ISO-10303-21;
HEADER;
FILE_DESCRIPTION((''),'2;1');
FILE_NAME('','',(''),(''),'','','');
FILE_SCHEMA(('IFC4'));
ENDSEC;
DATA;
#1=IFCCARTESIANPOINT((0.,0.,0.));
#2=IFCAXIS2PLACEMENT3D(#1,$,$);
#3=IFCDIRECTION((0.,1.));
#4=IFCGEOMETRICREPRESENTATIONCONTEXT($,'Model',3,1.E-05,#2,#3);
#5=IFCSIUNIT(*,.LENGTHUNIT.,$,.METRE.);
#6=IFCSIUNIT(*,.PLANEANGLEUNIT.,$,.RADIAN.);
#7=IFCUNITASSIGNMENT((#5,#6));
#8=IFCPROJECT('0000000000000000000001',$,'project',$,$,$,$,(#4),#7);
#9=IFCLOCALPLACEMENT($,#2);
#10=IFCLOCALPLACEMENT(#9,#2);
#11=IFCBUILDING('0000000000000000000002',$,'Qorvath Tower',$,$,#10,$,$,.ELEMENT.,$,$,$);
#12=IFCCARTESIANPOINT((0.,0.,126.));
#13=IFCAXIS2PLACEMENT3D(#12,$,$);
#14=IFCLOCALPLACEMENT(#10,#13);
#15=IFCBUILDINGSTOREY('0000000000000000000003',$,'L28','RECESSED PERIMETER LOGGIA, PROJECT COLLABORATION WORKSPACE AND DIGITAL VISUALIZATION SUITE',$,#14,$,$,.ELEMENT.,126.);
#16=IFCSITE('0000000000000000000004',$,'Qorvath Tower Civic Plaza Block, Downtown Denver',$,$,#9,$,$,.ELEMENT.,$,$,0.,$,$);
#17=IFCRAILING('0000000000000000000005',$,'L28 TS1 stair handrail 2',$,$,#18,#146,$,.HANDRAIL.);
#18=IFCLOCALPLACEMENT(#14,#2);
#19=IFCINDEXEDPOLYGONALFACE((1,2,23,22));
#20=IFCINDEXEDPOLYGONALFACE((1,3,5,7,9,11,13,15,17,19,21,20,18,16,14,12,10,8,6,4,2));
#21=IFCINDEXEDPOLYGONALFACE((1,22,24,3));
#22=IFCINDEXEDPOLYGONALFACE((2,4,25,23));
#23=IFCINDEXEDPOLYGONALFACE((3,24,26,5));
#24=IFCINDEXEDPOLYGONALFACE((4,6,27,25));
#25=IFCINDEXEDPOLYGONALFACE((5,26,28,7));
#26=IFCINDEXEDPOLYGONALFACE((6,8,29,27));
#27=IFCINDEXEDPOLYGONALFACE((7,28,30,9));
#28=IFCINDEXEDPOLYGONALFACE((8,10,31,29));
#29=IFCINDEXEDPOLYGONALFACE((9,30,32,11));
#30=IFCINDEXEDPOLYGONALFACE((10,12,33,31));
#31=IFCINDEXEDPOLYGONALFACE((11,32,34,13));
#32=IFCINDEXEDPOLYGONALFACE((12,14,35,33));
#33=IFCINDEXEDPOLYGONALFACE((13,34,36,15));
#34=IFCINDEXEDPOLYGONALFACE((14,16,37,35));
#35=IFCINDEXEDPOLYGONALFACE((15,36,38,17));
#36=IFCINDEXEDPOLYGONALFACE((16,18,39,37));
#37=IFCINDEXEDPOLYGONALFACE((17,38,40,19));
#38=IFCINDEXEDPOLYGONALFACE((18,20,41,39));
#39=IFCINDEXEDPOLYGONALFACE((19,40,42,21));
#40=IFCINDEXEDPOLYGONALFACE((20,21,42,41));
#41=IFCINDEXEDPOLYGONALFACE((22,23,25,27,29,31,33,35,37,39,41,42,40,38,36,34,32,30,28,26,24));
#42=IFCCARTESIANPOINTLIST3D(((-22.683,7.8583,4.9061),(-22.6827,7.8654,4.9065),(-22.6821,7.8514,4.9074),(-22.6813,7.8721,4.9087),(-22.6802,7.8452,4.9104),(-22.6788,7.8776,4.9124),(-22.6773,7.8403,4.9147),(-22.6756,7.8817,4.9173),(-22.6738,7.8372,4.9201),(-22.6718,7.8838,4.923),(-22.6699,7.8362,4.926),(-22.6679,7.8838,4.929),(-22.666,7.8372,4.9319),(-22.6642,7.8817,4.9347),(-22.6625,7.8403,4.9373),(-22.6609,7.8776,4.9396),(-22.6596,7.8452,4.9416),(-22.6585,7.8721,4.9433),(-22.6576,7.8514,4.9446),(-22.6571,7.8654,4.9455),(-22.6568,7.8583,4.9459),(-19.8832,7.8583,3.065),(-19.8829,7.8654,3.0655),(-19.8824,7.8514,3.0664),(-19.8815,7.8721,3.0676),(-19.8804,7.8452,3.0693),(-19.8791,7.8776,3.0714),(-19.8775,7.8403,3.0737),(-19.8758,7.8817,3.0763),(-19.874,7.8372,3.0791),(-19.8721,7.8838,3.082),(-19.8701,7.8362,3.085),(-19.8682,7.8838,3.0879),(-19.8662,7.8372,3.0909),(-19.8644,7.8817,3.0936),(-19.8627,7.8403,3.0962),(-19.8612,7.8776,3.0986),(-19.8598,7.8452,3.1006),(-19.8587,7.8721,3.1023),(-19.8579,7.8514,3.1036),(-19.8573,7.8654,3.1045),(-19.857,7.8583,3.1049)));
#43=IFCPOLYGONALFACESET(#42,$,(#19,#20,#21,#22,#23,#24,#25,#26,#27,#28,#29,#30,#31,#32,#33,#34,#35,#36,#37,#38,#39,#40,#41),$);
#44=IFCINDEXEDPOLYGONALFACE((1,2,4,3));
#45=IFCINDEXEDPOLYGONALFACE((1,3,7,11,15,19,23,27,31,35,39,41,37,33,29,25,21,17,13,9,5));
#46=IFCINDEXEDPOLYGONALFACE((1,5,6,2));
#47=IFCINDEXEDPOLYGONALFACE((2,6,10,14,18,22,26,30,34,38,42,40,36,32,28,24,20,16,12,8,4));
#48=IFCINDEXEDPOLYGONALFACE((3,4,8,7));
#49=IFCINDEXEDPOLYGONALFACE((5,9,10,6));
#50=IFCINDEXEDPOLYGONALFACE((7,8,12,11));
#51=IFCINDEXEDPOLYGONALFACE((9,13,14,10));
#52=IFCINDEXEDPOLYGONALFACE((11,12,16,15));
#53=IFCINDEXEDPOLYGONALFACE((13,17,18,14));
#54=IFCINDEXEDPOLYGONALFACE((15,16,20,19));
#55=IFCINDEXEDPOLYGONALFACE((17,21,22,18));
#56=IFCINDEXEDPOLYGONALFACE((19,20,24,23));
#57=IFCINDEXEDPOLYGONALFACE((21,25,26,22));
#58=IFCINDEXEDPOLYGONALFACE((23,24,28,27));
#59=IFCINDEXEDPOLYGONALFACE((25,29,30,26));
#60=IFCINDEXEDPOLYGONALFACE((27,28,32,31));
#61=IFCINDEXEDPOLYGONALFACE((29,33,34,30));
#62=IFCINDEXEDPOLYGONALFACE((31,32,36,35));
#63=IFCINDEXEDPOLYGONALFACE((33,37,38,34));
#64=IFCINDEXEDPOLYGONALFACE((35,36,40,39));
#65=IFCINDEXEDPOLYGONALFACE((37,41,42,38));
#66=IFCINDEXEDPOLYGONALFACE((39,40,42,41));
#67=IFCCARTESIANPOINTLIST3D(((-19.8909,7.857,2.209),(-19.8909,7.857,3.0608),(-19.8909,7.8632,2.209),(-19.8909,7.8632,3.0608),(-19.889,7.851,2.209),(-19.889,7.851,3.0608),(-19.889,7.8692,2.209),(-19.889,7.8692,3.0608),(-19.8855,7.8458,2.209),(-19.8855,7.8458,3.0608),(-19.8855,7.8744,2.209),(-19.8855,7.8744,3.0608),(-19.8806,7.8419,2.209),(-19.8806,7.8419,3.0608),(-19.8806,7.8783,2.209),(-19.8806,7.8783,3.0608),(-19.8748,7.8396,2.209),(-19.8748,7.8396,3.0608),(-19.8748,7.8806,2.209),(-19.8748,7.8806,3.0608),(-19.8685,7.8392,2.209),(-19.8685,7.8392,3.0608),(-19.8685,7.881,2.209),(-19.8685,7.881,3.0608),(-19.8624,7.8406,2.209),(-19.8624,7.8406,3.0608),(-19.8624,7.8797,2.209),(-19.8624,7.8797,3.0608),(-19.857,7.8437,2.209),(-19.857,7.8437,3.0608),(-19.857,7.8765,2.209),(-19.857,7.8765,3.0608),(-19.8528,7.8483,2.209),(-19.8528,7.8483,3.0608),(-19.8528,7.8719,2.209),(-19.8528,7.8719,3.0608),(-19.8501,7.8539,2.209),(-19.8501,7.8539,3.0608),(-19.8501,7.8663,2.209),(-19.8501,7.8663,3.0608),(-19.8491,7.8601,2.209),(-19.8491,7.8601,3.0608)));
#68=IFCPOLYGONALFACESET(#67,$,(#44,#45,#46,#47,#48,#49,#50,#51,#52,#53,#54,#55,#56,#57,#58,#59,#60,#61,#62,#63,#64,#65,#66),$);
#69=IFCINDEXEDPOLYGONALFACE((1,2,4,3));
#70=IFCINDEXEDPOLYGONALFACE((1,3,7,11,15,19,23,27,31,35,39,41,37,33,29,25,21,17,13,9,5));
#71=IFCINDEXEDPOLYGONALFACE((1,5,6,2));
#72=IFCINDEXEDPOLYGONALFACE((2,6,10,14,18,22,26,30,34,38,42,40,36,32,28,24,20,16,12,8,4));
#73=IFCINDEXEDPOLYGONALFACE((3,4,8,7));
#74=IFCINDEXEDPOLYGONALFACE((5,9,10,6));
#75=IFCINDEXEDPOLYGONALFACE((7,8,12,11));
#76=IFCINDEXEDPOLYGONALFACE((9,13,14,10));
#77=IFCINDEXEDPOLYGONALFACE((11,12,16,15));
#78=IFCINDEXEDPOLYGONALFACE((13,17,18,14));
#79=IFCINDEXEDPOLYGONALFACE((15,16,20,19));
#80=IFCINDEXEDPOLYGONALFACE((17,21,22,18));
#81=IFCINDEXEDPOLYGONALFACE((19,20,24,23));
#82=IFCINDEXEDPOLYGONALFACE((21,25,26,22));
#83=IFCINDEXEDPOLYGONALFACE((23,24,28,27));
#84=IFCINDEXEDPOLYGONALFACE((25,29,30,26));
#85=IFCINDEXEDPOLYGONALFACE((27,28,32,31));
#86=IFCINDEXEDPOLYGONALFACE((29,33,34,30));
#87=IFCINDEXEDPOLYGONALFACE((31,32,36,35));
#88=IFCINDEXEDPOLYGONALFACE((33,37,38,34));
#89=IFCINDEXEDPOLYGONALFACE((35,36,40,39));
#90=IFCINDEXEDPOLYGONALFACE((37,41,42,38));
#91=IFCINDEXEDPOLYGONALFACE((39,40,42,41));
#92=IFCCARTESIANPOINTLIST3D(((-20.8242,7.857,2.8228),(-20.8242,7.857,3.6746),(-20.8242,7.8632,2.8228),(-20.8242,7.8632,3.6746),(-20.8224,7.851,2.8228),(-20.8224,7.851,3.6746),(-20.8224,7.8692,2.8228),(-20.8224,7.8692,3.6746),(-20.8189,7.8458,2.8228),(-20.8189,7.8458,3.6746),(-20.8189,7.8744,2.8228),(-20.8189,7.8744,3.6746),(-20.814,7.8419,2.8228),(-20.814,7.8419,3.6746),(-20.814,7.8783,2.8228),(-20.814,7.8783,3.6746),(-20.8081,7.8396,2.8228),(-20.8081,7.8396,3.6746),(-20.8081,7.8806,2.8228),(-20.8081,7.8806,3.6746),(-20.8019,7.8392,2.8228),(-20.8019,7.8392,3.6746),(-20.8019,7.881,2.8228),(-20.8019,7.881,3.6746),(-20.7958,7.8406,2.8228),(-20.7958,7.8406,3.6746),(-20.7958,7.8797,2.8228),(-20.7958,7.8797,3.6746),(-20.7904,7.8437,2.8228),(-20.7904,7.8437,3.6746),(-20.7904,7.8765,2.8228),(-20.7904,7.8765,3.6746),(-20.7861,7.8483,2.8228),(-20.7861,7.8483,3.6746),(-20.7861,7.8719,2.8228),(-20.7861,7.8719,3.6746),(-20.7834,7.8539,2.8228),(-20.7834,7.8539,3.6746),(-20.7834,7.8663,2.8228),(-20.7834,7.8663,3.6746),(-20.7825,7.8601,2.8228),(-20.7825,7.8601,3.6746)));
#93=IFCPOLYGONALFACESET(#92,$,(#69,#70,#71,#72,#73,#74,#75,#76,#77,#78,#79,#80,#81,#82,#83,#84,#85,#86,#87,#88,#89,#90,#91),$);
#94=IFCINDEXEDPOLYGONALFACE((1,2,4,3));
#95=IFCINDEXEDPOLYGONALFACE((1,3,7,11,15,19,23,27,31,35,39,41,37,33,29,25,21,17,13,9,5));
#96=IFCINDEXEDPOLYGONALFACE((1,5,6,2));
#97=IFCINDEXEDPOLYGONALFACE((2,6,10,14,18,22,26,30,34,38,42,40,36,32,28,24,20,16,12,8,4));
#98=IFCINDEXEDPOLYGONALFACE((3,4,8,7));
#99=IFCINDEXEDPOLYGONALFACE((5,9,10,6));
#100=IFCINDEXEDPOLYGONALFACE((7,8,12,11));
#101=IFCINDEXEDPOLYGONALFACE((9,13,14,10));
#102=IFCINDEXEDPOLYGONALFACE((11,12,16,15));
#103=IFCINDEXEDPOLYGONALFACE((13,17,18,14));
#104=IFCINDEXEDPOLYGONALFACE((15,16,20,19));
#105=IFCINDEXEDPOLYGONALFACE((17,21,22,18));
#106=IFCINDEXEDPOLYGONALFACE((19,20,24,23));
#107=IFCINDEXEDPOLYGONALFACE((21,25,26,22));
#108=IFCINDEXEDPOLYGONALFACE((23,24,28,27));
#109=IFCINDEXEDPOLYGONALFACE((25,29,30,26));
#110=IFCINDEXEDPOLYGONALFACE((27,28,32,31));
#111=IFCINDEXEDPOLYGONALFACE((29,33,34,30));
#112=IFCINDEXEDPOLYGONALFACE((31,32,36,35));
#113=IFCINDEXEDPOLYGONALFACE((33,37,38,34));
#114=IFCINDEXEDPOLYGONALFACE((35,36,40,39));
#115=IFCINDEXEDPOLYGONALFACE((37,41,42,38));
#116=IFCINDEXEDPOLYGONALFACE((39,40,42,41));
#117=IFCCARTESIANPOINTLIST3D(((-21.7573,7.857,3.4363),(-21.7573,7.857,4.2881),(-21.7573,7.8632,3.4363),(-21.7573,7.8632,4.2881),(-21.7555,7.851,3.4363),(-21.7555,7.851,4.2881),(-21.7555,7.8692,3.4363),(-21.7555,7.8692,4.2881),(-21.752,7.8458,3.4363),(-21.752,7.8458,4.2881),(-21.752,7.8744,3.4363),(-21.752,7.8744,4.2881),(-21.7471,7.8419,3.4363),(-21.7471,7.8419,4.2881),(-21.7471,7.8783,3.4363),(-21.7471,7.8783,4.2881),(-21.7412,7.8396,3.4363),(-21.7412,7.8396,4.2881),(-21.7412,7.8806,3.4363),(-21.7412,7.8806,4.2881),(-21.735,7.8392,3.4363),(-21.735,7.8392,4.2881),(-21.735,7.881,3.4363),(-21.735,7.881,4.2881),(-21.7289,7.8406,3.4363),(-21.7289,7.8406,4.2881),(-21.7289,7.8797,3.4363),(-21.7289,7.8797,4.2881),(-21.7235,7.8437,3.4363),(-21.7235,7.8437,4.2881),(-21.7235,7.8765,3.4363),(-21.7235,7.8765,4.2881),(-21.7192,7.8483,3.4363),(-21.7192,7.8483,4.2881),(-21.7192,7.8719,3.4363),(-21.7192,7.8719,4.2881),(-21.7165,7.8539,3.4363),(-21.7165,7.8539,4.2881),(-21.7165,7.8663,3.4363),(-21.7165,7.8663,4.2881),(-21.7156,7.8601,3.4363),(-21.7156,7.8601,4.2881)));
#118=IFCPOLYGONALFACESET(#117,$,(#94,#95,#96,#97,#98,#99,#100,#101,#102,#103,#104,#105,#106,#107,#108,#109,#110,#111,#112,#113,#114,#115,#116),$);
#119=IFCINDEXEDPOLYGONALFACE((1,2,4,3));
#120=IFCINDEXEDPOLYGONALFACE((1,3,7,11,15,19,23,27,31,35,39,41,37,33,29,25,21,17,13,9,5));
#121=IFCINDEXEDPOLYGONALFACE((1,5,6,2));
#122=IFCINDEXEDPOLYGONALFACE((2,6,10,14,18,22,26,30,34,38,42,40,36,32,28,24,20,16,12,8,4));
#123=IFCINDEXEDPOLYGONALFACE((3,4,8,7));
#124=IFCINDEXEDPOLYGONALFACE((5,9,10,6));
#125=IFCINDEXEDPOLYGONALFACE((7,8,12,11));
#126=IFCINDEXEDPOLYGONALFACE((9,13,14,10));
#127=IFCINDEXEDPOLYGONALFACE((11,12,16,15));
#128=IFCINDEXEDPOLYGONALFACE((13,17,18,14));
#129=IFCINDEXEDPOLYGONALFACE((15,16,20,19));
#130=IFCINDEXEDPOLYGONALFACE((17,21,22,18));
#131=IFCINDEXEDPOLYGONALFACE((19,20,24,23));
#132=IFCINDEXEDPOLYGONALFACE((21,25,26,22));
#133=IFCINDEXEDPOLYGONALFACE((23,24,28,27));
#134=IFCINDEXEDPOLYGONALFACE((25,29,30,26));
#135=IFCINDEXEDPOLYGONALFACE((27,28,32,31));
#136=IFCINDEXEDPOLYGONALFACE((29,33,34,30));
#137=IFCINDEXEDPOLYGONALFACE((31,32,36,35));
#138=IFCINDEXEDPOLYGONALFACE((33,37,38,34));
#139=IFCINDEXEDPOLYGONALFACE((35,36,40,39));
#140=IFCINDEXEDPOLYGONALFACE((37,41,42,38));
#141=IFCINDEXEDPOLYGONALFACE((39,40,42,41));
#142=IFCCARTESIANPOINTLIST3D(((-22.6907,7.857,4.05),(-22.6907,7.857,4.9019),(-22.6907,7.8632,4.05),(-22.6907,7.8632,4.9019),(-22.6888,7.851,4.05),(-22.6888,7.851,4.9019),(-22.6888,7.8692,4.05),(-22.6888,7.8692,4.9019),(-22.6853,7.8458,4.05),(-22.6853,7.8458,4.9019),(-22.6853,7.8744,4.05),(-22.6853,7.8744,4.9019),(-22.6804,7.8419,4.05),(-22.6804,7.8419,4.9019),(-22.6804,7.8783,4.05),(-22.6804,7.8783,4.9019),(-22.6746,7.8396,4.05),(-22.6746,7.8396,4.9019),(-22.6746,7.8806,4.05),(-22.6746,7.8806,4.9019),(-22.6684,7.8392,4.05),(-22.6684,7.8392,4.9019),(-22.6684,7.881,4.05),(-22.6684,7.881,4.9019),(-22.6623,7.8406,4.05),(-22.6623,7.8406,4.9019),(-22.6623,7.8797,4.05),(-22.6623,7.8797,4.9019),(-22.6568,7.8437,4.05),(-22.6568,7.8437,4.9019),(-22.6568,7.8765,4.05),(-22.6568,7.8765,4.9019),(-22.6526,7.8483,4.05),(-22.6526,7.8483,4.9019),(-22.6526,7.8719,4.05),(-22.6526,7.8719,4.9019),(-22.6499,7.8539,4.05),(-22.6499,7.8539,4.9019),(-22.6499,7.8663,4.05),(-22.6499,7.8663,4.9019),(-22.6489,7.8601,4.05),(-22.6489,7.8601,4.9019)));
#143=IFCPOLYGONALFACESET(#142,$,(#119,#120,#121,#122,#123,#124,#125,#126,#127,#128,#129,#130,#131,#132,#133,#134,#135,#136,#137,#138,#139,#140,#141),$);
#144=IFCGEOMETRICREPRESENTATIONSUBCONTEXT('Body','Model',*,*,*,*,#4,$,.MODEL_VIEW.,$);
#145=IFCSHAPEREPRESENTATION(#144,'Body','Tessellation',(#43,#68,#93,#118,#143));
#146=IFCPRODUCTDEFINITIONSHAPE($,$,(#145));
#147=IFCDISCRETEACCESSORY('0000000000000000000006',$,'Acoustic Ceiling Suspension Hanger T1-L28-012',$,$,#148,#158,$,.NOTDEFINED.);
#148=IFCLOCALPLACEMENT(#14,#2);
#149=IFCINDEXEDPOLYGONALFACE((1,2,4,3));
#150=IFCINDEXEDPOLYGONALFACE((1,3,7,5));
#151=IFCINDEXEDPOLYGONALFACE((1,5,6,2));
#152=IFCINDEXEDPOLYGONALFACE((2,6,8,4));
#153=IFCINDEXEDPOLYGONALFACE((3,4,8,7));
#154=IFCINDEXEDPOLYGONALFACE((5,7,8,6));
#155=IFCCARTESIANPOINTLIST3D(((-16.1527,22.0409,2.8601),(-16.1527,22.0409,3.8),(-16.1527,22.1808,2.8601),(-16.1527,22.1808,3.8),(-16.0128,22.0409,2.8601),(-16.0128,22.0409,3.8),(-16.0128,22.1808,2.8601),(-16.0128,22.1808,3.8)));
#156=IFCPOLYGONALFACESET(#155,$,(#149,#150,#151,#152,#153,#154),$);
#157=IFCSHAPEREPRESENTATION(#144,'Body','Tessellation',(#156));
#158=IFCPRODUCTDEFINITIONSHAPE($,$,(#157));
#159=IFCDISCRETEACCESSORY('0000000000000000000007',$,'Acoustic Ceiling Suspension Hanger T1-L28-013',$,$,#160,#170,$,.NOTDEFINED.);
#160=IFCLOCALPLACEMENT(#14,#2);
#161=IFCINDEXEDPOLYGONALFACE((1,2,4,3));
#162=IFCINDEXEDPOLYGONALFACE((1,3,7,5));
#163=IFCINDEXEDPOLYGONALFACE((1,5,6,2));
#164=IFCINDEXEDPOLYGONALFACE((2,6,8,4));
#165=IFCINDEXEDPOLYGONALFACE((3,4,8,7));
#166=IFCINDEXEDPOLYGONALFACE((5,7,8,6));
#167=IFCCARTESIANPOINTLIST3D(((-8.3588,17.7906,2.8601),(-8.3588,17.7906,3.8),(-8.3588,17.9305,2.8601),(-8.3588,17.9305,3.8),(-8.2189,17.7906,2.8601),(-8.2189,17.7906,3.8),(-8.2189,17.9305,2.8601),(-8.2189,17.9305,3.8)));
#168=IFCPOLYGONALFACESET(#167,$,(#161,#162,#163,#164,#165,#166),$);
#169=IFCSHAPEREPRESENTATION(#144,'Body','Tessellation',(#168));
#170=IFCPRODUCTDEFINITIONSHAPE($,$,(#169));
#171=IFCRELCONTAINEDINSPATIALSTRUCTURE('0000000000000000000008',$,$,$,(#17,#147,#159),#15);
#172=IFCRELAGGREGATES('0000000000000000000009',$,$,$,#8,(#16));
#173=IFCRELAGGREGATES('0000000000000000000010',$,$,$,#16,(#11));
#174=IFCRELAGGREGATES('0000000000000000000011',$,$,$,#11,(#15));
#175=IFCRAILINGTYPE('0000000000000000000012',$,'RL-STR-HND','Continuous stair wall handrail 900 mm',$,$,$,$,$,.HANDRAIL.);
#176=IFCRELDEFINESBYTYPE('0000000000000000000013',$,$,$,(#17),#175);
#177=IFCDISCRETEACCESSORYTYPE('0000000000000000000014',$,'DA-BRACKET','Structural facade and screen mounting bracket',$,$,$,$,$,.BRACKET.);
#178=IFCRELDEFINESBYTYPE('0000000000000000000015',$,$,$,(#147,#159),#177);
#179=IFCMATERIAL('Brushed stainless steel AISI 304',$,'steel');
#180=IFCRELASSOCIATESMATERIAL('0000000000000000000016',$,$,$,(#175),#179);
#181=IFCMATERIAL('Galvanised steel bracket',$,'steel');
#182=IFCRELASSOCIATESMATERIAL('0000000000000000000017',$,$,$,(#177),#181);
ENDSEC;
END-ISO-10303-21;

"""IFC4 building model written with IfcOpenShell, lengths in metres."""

from ifc_helpers import new_model, si_unit, direction, frame, origin, origin_2d, place, context, subcontext, project, spatial, rectangle, circle, extrude, material, type_object, element, save


model = new_model("IFC4")

# Units and contexts
model_context = context("Model", 3, precision=1e-05, world=origin(), true_north=direction((0.0, 1.0)))
body_context = subcontext(model_context, "Body", "Model", "MODEL_VIEW")
ifc_project = project(units=[si_unit("LENGTHUNIT", "METRE"), si_unit("PLANEANGLEUNIT", "RADIAN")], contexts=[model_context])

# Site, building, storey
site_placement = place(None, origin())
site = spatial("IfcSite", under=ifc_project, at=site_placement, Name="Qorvath Tower Civic Plaza Block, Downtown Denver", CompositionType="ELEMENT", RefElevation=0.0)
building_placement = place(site_placement, origin())
building = spatial("IfcBuilding", under=site, at=building_placement, Name="Qorvath Tower", CompositionType="ELEMENT")
storey_placement = place(building_placement, frame((0.0, 0.0, 126.0)))
storey = spatial("IfcBuildingStorey", under=building, at=storey_placement, Name="L28", Description="RECESSED PERIMETER LOGGIA, PROJECT COLLABORATION WORKSPACE AND DIGITAL VISUALIZATION SUITE", CompositionType="ELEMENT", Elevation=126.0)

# Railing
ifc_material_1 = material(Name="Brushed stainless steel AISI 304", Category="steel")
railing_type = type_object("IfcRailingType", Name="RL-STR-HND", Description="Continuous stair wall handrail 900 mm", PredefinedType="HANDRAIL", material=ifc_material_1)
railing_placement = place(storey_placement, frame((-19.8701, 7.8601, 2.209)))
element("IfcRailing", 1, at=railing_placement, inside=storey, type_object=railing_type, Name="L28 TS1 stair handrail 2", PredefinedType="HANDRAIL", context=body_context, shape_type="SweptSolid", body=[
    extrude(circle(Radius=0.0239, at=origin_2d()), frame((0.0, 0.0, 0.876), z_axis=(-0.835542, 0.0, 0.549426), x_axis=(0.0, -1.0, 0.0)), (0.0, 0.0, 1.0), 3.3508),
    extrude(circle(Radius=0.021, at=origin_2d()), origin(), (0.0, 0.0, 1.0), 0.8518),
    extrude(circle(Radius=0.021, at=origin_2d()), frame((-0.9333, 0.0, 0.6138)), (0.0, 0.0, 1.0), 0.8518),
    extrude(circle(Radius=0.021, at=origin_2d()), frame((-1.8665, 0.0, 1.2273)), (0.0, 0.0, 1.0), 0.8518),
    extrude(circle(Radius=0.021, at=origin_2d()), frame((-2.7998, 0.0, 1.8411)), (0.0, 0.0, 1.0), 0.8518),
])

# Discrete accessories
ifc_material_2 = material(Name="Galvanised steel bracket", Category="steel")
discrete_accessory_type = type_object("IfcDiscreteAccessoryType", Name="DA-BRACKET", Description="Structural facade and screen mounting bracket", PredefinedType="BRACKET", material=ifc_material_2)
for number, where, z_axis, x_axis, name in (
    (2, (-16.0828, 22.1108, 2.8601), (0.0, 0.0, 1.0), (1.0, 0.0, 0.0), "Acoustic Ceiling Suspension Hanger T1-L28-012"),
    (3, (-8.2888, 17.8606, 2.8601), (0.0, 0.0, 1.0), (1.0, 0.0, 0.0), "Acoustic Ceiling Suspension Hanger T1-L28-013"),
):
    element("IfcDiscreteAccessory", number, at=place(storey_placement, frame(where, z_axis=z_axis, x_axis=x_axis)), inside=storey, type_object=discrete_accessory_type, Name=name, PredefinedType="NOTDEFINED", context=body_context, shape_type="SweptSolid", body=[
        extrude(rectangle(XDim=0.1399, YDim=0.1399, at=origin_2d()), origin(), (0.0, 0.0, 1.0), 0.9399),
    ])

save(model, "model.ifc")
